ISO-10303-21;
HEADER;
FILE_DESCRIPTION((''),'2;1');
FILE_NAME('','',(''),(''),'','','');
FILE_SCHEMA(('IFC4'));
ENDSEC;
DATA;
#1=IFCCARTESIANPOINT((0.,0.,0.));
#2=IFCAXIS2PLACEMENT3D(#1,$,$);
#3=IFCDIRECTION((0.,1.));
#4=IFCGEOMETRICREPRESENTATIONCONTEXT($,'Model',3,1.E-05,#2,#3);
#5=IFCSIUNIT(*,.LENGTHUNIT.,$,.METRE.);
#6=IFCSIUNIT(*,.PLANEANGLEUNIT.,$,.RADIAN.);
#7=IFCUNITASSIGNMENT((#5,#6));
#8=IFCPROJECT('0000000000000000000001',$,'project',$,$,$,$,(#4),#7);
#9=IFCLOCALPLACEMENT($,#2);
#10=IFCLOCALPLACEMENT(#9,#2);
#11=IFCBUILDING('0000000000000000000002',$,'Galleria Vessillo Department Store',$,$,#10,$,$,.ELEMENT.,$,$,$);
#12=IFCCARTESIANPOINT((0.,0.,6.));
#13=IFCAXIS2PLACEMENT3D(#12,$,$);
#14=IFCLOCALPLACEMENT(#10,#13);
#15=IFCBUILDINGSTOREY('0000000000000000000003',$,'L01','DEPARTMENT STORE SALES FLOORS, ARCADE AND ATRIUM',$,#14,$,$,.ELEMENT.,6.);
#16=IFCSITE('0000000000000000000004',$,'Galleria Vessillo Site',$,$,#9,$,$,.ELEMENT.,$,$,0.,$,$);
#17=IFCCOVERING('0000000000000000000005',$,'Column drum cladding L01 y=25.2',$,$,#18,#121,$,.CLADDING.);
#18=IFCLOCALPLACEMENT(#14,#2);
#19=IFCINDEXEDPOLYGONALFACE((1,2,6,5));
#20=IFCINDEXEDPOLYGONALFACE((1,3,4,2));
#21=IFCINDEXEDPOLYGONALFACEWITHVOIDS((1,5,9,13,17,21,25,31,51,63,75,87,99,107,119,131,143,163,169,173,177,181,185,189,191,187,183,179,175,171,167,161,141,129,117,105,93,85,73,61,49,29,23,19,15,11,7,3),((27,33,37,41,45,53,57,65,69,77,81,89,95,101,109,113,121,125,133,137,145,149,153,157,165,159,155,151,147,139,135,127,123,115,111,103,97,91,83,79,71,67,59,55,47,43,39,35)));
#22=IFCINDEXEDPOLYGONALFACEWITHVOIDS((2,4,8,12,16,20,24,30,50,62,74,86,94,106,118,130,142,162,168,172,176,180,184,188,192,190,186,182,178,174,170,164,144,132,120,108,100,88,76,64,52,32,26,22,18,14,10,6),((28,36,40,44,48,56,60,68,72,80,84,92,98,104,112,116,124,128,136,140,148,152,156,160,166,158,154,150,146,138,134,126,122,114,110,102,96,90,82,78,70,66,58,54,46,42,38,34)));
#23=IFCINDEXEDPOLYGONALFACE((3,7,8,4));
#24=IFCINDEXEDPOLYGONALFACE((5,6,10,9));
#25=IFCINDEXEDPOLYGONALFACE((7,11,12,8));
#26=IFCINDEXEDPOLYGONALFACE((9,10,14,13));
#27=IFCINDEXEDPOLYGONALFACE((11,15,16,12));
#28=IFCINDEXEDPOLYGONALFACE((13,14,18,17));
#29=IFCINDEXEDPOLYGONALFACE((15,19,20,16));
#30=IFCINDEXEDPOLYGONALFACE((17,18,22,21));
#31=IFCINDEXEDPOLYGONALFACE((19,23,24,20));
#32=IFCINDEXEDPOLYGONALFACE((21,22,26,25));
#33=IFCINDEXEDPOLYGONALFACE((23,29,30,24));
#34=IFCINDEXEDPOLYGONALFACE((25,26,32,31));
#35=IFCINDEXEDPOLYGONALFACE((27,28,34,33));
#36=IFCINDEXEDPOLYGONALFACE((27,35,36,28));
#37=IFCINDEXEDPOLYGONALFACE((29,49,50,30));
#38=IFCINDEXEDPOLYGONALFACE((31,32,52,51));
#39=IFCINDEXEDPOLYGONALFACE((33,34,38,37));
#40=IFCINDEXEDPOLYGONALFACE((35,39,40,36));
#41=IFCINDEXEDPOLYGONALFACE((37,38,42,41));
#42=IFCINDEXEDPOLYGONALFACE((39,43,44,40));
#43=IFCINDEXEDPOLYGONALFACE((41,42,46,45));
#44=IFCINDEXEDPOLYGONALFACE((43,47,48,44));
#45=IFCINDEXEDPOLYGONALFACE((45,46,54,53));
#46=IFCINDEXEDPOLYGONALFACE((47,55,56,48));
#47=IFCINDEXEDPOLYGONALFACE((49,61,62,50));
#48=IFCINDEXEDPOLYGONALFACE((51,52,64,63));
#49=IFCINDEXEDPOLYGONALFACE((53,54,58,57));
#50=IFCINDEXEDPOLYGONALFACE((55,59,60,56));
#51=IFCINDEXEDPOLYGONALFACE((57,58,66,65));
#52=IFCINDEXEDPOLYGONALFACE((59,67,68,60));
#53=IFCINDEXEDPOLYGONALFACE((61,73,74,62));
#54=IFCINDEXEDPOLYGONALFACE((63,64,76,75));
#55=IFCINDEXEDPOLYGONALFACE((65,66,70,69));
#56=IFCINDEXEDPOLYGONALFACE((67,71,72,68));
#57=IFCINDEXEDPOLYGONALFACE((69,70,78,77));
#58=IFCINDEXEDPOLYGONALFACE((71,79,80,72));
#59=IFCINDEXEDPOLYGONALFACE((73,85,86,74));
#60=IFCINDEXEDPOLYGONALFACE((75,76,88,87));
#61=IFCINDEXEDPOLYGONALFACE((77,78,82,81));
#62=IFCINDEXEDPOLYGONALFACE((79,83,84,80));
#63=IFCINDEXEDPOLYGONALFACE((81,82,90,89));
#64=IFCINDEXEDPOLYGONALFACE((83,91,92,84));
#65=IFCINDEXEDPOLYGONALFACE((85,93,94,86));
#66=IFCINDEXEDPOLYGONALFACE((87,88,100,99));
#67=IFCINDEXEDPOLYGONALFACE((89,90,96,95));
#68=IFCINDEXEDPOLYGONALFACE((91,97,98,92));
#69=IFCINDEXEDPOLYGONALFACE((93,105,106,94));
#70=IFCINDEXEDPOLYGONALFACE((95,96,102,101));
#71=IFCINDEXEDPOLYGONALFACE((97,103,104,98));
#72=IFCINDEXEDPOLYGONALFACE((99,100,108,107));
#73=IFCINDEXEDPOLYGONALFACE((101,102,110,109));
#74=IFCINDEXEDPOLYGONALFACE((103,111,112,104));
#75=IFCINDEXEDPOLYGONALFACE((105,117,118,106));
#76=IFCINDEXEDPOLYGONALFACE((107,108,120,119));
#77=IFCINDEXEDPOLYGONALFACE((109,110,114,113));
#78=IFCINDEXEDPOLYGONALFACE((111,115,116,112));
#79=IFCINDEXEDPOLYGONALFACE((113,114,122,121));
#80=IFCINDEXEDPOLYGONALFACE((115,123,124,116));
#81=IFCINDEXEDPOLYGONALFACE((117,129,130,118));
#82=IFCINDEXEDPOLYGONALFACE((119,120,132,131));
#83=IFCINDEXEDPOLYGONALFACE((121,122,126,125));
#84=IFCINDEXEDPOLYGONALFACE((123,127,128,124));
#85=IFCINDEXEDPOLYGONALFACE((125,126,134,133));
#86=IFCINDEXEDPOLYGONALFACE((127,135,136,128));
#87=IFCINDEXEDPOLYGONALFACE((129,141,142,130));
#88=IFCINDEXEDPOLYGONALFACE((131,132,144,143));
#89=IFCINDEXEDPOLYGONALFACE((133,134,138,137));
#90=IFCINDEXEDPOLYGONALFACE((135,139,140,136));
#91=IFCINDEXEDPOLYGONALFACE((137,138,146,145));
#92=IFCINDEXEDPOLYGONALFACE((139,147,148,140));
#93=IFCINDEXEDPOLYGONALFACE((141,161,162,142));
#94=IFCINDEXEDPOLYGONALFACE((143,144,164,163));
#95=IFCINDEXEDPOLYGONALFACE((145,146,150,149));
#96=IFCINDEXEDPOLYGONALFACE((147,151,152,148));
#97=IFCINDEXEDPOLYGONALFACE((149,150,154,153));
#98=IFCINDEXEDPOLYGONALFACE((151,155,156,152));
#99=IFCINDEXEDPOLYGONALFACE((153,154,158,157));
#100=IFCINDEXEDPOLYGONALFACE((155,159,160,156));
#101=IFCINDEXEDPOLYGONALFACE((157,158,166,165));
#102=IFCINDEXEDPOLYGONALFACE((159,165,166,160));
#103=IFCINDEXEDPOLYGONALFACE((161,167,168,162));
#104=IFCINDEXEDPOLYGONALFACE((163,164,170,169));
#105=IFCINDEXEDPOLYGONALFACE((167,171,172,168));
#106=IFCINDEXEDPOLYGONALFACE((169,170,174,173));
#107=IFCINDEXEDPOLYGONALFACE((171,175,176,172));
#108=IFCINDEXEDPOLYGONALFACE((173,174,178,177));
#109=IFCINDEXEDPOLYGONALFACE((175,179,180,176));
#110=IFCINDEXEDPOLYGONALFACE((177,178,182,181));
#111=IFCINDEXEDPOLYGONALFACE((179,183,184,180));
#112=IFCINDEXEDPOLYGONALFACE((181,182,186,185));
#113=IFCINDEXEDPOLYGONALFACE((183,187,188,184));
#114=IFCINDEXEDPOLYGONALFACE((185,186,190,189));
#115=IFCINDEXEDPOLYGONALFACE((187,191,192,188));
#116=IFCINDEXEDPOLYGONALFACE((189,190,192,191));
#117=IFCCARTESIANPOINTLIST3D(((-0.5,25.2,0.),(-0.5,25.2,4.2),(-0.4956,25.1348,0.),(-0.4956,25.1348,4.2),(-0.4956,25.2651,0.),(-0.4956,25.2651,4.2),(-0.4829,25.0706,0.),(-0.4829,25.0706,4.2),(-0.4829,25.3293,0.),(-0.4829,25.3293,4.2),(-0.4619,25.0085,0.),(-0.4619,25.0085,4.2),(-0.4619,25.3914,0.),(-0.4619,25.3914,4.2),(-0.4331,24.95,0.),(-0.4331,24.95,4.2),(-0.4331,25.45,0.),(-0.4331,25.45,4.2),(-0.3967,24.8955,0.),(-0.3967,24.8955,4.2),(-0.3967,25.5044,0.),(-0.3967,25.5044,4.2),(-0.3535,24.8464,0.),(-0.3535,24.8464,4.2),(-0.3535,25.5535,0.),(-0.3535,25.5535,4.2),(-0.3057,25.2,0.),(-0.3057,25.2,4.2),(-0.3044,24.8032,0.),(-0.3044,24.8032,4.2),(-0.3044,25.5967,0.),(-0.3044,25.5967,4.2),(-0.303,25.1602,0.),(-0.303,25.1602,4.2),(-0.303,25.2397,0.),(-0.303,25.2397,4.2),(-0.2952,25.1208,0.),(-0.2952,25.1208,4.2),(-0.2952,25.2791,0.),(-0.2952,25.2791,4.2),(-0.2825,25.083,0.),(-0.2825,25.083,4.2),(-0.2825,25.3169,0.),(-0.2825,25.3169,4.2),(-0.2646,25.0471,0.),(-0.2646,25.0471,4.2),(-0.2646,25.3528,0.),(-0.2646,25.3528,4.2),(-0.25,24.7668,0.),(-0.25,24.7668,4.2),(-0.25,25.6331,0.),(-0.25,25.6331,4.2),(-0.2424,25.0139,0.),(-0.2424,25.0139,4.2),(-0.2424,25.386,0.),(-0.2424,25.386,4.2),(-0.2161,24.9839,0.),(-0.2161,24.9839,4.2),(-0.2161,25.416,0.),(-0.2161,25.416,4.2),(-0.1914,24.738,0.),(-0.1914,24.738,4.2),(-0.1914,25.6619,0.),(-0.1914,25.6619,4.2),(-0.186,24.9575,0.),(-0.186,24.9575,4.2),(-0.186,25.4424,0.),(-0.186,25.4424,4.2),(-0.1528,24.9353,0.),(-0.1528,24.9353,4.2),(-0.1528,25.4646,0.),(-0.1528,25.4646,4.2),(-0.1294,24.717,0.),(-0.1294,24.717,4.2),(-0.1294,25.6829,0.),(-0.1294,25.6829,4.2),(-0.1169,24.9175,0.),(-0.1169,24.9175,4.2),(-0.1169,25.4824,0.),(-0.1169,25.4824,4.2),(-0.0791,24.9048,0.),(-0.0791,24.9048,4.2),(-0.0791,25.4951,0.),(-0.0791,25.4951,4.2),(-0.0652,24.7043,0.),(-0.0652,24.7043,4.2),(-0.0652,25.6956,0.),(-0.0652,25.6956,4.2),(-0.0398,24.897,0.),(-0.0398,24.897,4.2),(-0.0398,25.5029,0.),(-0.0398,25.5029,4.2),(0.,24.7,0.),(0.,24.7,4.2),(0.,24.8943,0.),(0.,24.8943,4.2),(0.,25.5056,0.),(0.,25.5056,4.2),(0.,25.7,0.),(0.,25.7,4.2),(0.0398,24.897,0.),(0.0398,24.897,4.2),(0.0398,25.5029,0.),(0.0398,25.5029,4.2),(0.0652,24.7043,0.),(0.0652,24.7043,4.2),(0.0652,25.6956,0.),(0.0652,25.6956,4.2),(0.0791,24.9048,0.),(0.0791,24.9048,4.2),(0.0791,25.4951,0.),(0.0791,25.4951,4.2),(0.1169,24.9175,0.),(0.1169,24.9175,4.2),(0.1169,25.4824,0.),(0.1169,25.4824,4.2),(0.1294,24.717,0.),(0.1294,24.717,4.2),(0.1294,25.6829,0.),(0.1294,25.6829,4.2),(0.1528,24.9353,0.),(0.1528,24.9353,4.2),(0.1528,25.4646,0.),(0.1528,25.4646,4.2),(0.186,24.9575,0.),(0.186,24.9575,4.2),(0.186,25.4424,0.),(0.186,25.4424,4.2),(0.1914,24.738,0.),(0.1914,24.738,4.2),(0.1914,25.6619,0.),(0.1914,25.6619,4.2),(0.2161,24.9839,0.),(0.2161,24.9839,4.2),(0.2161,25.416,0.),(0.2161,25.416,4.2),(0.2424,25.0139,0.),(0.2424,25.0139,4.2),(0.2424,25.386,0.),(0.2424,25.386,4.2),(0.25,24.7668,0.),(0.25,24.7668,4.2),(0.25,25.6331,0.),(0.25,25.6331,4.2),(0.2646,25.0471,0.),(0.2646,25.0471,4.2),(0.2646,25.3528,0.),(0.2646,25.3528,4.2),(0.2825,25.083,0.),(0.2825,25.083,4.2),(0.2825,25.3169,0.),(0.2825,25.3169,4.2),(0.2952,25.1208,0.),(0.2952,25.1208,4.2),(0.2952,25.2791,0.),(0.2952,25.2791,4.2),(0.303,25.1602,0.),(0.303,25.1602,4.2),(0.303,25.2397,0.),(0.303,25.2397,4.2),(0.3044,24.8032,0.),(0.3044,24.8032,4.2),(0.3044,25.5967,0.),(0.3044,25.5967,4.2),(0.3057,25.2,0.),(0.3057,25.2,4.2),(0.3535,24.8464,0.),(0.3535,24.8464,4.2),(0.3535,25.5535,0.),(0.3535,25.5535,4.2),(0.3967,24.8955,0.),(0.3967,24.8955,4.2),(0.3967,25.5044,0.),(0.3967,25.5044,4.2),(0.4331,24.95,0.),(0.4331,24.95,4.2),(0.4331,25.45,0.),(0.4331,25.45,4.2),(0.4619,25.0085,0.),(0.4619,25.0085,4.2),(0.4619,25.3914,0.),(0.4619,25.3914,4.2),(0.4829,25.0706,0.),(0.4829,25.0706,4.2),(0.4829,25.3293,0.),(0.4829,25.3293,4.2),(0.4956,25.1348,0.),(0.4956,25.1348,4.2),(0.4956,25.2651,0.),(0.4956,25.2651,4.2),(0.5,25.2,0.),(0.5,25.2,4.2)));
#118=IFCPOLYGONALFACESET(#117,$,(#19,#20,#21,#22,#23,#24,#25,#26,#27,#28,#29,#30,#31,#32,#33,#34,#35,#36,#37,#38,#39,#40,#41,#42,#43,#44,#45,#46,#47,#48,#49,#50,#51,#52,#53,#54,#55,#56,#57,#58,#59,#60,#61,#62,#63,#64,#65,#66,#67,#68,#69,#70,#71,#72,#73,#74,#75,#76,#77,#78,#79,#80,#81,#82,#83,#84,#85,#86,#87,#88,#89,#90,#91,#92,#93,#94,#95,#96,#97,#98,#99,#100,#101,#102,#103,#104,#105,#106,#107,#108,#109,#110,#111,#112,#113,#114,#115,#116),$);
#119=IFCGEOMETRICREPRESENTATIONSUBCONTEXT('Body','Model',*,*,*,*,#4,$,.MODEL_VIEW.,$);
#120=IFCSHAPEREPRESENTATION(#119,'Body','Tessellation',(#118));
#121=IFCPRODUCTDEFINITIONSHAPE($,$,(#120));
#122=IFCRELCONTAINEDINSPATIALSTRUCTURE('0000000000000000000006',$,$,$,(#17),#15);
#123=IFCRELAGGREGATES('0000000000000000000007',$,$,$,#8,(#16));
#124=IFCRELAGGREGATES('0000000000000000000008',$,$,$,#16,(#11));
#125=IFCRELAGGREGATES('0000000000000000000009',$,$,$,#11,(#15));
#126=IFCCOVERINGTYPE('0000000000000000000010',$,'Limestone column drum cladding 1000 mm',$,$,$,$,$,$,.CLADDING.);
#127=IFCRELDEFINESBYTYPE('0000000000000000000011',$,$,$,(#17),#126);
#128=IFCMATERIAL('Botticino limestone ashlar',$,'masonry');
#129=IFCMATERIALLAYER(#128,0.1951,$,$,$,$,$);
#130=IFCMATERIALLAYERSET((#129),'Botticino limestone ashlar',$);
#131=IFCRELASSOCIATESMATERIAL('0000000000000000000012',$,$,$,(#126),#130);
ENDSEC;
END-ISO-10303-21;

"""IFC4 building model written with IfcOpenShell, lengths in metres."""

from ifc_helpers import new_model, si_unit, direction, frame, origin, place, context, subcontext, project, spatial, polyline, outline, extrude, material, layer, layer_set, type_object, element, save


model = new_model("IFC4")

# Units and contexts
model_context = context("Model", 3, precision=1e-05, world=origin(), true_north=direction((0.0, 1.0)))
body_context = subcontext(model_context, "Body", "Model", "MODEL_VIEW")
ifc_project = project(units=[si_unit("LENGTHUNIT", "METRE"), si_unit("PLANEANGLEUNIT", "RADIAN")], contexts=[model_context])

# Site, building, storey
site_placement = place(None, origin())
site = spatial("IfcSite", under=ifc_project, at=site_placement, Name="Galleria Vessillo Site", CompositionType="ELEMENT", RefElevation=0.0)
building_placement = place(site_placement, origin())
building = spatial("IfcBuilding", under=site, at=building_placement, Name="Galleria Vessillo Department Store", CompositionType="ELEMENT")
storey_placement = place(building_placement, frame((0.0, 0.0, 6.0)))
storey = spatial("IfcBuildingStorey", under=building, at=storey_placement, Name="L01", Description="DEPARTMENT STORE SALES FLOORS, ARCADE AND ATRIUM", CompositionType="ELEMENT", Elevation=6.0)

# Covering
ifc_material_1 = material(Name="Botticino limestone ashlar", Category="masonry")
ifc_layer_1 = layer(ifc_material_1, 0.1951)
ifc_layer_set_1 = layer_set([ifc_layer_1], Name="Botticino limestone ashlar")
covering_type = type_object("IfcCoveringType", Name="Limestone column drum cladding 1000 mm", PredefinedType="CLADDING", material=ifc_layer_set_1)
covering_1_placement = place(storey_placement, origin())
element("IfcCovering", 1, at=covering_1_placement, inside=storey, type_object=covering_type, Name="Column drum cladding L01 y=25.2", PredefinedType="CLADDING", context=body_context, shape_type="SweptSolid", body=[
    extrude(outline(polyline([(0.5, 25.2), (0.4956, 25.2651), (0.4829, 25.3293), (0.4619, 25.3914), (0.4331, 25.45), (0.3967, 25.5044), (0.3535, 25.5535), (0.3044, 25.5967), (0.25, 25.6331), (0.1914, 25.6619), (0.1294, 25.6829), (0.0652, 25.6956), (0.0, 25.7), (-0.0652, 25.6956), (-0.1294, 25.6829), (-0.1914, 25.6619), (-0.25, 25.6331), (-0.3044, 25.5967), (-0.3535, 25.5535), (-0.3967, 25.5044), (-0.4331, 25.45), (-0.4619, 25.3914), (-0.4829, 25.3293), (-0.4956, 25.2651), (-0.5, 25.2), (-0.4956, 25.1348), (-0.4829, 25.0706), (-0.4619, 25.0085), (-0.4331, 24.95), (-0.3967, 24.8955), (-0.3535, 24.8464), (-0.3044, 24.8032), (-0.25, 24.7668), (-0.1914, 24.738), (-0.1294, 24.717), (-0.0652, 24.7043), (0.0, 24.7), (0.0652, 24.7043), (0.1294, 24.717), (0.1914, 24.738), (0.25, 24.7668), (0.3044, 24.8032), (0.3535, 24.8464), (0.3967, 24.8955), (0.4331, 24.95), (0.4619, 25.0085), (0.4829, 25.0706), (0.4956, 25.1348), (0.5, 25.2)]), holes=[polyline([(0.3057, 25.2), (0.303, 25.2397), (0.2952, 25.2791), (0.2825, 25.3169), (0.2646, 25.3528), (0.2424, 25.386), (0.2161, 25.416), (0.186, 25.4424), (0.1528, 25.4646), (0.1169, 25.4824), (0.0791, 25.4951), (0.0398, 25.5029), (0.0, 25.5056), (-0.0398, 25.5029), (-0.0791, 25.4951), (-0.1169, 25.4824), (-0.1528, 25.4646), (-0.186, 25.4424), (-0.2161, 25.416), (-0.2424, 25.386), (-0.2646, 25.3528), (-0.2825, 25.3169), (-0.2952, 25.2791), (-0.303, 25.2397), (-0.3057, 25.2), (-0.303, 25.1602), (-0.2952, 25.1208), (-0.2825, 25.083), (-0.2646, 25.0471), (-0.2424, 25.0139), (-0.2161, 24.9839), (-0.186, 24.9575), (-0.1528, 24.9353), (-0.1169, 24.9175), (-0.0791, 24.9048), (-0.0398, 24.897), (0.0, 24.8943), (0.0398, 24.897), (0.0791, 24.9048), (0.1169, 24.9175), (0.1528, 24.9353), (0.186, 24.9575), (0.2161, 24.9839), (0.2424, 25.0139), (0.2646, 25.0471), (0.2825, 25.083), (0.2952, 25.1208), (0.303, 25.1602), (0.3057, 25.2)])]), origin(), (0.0, 0.0, 1.0), 4.2),
])

save(model, "model.ifc")
